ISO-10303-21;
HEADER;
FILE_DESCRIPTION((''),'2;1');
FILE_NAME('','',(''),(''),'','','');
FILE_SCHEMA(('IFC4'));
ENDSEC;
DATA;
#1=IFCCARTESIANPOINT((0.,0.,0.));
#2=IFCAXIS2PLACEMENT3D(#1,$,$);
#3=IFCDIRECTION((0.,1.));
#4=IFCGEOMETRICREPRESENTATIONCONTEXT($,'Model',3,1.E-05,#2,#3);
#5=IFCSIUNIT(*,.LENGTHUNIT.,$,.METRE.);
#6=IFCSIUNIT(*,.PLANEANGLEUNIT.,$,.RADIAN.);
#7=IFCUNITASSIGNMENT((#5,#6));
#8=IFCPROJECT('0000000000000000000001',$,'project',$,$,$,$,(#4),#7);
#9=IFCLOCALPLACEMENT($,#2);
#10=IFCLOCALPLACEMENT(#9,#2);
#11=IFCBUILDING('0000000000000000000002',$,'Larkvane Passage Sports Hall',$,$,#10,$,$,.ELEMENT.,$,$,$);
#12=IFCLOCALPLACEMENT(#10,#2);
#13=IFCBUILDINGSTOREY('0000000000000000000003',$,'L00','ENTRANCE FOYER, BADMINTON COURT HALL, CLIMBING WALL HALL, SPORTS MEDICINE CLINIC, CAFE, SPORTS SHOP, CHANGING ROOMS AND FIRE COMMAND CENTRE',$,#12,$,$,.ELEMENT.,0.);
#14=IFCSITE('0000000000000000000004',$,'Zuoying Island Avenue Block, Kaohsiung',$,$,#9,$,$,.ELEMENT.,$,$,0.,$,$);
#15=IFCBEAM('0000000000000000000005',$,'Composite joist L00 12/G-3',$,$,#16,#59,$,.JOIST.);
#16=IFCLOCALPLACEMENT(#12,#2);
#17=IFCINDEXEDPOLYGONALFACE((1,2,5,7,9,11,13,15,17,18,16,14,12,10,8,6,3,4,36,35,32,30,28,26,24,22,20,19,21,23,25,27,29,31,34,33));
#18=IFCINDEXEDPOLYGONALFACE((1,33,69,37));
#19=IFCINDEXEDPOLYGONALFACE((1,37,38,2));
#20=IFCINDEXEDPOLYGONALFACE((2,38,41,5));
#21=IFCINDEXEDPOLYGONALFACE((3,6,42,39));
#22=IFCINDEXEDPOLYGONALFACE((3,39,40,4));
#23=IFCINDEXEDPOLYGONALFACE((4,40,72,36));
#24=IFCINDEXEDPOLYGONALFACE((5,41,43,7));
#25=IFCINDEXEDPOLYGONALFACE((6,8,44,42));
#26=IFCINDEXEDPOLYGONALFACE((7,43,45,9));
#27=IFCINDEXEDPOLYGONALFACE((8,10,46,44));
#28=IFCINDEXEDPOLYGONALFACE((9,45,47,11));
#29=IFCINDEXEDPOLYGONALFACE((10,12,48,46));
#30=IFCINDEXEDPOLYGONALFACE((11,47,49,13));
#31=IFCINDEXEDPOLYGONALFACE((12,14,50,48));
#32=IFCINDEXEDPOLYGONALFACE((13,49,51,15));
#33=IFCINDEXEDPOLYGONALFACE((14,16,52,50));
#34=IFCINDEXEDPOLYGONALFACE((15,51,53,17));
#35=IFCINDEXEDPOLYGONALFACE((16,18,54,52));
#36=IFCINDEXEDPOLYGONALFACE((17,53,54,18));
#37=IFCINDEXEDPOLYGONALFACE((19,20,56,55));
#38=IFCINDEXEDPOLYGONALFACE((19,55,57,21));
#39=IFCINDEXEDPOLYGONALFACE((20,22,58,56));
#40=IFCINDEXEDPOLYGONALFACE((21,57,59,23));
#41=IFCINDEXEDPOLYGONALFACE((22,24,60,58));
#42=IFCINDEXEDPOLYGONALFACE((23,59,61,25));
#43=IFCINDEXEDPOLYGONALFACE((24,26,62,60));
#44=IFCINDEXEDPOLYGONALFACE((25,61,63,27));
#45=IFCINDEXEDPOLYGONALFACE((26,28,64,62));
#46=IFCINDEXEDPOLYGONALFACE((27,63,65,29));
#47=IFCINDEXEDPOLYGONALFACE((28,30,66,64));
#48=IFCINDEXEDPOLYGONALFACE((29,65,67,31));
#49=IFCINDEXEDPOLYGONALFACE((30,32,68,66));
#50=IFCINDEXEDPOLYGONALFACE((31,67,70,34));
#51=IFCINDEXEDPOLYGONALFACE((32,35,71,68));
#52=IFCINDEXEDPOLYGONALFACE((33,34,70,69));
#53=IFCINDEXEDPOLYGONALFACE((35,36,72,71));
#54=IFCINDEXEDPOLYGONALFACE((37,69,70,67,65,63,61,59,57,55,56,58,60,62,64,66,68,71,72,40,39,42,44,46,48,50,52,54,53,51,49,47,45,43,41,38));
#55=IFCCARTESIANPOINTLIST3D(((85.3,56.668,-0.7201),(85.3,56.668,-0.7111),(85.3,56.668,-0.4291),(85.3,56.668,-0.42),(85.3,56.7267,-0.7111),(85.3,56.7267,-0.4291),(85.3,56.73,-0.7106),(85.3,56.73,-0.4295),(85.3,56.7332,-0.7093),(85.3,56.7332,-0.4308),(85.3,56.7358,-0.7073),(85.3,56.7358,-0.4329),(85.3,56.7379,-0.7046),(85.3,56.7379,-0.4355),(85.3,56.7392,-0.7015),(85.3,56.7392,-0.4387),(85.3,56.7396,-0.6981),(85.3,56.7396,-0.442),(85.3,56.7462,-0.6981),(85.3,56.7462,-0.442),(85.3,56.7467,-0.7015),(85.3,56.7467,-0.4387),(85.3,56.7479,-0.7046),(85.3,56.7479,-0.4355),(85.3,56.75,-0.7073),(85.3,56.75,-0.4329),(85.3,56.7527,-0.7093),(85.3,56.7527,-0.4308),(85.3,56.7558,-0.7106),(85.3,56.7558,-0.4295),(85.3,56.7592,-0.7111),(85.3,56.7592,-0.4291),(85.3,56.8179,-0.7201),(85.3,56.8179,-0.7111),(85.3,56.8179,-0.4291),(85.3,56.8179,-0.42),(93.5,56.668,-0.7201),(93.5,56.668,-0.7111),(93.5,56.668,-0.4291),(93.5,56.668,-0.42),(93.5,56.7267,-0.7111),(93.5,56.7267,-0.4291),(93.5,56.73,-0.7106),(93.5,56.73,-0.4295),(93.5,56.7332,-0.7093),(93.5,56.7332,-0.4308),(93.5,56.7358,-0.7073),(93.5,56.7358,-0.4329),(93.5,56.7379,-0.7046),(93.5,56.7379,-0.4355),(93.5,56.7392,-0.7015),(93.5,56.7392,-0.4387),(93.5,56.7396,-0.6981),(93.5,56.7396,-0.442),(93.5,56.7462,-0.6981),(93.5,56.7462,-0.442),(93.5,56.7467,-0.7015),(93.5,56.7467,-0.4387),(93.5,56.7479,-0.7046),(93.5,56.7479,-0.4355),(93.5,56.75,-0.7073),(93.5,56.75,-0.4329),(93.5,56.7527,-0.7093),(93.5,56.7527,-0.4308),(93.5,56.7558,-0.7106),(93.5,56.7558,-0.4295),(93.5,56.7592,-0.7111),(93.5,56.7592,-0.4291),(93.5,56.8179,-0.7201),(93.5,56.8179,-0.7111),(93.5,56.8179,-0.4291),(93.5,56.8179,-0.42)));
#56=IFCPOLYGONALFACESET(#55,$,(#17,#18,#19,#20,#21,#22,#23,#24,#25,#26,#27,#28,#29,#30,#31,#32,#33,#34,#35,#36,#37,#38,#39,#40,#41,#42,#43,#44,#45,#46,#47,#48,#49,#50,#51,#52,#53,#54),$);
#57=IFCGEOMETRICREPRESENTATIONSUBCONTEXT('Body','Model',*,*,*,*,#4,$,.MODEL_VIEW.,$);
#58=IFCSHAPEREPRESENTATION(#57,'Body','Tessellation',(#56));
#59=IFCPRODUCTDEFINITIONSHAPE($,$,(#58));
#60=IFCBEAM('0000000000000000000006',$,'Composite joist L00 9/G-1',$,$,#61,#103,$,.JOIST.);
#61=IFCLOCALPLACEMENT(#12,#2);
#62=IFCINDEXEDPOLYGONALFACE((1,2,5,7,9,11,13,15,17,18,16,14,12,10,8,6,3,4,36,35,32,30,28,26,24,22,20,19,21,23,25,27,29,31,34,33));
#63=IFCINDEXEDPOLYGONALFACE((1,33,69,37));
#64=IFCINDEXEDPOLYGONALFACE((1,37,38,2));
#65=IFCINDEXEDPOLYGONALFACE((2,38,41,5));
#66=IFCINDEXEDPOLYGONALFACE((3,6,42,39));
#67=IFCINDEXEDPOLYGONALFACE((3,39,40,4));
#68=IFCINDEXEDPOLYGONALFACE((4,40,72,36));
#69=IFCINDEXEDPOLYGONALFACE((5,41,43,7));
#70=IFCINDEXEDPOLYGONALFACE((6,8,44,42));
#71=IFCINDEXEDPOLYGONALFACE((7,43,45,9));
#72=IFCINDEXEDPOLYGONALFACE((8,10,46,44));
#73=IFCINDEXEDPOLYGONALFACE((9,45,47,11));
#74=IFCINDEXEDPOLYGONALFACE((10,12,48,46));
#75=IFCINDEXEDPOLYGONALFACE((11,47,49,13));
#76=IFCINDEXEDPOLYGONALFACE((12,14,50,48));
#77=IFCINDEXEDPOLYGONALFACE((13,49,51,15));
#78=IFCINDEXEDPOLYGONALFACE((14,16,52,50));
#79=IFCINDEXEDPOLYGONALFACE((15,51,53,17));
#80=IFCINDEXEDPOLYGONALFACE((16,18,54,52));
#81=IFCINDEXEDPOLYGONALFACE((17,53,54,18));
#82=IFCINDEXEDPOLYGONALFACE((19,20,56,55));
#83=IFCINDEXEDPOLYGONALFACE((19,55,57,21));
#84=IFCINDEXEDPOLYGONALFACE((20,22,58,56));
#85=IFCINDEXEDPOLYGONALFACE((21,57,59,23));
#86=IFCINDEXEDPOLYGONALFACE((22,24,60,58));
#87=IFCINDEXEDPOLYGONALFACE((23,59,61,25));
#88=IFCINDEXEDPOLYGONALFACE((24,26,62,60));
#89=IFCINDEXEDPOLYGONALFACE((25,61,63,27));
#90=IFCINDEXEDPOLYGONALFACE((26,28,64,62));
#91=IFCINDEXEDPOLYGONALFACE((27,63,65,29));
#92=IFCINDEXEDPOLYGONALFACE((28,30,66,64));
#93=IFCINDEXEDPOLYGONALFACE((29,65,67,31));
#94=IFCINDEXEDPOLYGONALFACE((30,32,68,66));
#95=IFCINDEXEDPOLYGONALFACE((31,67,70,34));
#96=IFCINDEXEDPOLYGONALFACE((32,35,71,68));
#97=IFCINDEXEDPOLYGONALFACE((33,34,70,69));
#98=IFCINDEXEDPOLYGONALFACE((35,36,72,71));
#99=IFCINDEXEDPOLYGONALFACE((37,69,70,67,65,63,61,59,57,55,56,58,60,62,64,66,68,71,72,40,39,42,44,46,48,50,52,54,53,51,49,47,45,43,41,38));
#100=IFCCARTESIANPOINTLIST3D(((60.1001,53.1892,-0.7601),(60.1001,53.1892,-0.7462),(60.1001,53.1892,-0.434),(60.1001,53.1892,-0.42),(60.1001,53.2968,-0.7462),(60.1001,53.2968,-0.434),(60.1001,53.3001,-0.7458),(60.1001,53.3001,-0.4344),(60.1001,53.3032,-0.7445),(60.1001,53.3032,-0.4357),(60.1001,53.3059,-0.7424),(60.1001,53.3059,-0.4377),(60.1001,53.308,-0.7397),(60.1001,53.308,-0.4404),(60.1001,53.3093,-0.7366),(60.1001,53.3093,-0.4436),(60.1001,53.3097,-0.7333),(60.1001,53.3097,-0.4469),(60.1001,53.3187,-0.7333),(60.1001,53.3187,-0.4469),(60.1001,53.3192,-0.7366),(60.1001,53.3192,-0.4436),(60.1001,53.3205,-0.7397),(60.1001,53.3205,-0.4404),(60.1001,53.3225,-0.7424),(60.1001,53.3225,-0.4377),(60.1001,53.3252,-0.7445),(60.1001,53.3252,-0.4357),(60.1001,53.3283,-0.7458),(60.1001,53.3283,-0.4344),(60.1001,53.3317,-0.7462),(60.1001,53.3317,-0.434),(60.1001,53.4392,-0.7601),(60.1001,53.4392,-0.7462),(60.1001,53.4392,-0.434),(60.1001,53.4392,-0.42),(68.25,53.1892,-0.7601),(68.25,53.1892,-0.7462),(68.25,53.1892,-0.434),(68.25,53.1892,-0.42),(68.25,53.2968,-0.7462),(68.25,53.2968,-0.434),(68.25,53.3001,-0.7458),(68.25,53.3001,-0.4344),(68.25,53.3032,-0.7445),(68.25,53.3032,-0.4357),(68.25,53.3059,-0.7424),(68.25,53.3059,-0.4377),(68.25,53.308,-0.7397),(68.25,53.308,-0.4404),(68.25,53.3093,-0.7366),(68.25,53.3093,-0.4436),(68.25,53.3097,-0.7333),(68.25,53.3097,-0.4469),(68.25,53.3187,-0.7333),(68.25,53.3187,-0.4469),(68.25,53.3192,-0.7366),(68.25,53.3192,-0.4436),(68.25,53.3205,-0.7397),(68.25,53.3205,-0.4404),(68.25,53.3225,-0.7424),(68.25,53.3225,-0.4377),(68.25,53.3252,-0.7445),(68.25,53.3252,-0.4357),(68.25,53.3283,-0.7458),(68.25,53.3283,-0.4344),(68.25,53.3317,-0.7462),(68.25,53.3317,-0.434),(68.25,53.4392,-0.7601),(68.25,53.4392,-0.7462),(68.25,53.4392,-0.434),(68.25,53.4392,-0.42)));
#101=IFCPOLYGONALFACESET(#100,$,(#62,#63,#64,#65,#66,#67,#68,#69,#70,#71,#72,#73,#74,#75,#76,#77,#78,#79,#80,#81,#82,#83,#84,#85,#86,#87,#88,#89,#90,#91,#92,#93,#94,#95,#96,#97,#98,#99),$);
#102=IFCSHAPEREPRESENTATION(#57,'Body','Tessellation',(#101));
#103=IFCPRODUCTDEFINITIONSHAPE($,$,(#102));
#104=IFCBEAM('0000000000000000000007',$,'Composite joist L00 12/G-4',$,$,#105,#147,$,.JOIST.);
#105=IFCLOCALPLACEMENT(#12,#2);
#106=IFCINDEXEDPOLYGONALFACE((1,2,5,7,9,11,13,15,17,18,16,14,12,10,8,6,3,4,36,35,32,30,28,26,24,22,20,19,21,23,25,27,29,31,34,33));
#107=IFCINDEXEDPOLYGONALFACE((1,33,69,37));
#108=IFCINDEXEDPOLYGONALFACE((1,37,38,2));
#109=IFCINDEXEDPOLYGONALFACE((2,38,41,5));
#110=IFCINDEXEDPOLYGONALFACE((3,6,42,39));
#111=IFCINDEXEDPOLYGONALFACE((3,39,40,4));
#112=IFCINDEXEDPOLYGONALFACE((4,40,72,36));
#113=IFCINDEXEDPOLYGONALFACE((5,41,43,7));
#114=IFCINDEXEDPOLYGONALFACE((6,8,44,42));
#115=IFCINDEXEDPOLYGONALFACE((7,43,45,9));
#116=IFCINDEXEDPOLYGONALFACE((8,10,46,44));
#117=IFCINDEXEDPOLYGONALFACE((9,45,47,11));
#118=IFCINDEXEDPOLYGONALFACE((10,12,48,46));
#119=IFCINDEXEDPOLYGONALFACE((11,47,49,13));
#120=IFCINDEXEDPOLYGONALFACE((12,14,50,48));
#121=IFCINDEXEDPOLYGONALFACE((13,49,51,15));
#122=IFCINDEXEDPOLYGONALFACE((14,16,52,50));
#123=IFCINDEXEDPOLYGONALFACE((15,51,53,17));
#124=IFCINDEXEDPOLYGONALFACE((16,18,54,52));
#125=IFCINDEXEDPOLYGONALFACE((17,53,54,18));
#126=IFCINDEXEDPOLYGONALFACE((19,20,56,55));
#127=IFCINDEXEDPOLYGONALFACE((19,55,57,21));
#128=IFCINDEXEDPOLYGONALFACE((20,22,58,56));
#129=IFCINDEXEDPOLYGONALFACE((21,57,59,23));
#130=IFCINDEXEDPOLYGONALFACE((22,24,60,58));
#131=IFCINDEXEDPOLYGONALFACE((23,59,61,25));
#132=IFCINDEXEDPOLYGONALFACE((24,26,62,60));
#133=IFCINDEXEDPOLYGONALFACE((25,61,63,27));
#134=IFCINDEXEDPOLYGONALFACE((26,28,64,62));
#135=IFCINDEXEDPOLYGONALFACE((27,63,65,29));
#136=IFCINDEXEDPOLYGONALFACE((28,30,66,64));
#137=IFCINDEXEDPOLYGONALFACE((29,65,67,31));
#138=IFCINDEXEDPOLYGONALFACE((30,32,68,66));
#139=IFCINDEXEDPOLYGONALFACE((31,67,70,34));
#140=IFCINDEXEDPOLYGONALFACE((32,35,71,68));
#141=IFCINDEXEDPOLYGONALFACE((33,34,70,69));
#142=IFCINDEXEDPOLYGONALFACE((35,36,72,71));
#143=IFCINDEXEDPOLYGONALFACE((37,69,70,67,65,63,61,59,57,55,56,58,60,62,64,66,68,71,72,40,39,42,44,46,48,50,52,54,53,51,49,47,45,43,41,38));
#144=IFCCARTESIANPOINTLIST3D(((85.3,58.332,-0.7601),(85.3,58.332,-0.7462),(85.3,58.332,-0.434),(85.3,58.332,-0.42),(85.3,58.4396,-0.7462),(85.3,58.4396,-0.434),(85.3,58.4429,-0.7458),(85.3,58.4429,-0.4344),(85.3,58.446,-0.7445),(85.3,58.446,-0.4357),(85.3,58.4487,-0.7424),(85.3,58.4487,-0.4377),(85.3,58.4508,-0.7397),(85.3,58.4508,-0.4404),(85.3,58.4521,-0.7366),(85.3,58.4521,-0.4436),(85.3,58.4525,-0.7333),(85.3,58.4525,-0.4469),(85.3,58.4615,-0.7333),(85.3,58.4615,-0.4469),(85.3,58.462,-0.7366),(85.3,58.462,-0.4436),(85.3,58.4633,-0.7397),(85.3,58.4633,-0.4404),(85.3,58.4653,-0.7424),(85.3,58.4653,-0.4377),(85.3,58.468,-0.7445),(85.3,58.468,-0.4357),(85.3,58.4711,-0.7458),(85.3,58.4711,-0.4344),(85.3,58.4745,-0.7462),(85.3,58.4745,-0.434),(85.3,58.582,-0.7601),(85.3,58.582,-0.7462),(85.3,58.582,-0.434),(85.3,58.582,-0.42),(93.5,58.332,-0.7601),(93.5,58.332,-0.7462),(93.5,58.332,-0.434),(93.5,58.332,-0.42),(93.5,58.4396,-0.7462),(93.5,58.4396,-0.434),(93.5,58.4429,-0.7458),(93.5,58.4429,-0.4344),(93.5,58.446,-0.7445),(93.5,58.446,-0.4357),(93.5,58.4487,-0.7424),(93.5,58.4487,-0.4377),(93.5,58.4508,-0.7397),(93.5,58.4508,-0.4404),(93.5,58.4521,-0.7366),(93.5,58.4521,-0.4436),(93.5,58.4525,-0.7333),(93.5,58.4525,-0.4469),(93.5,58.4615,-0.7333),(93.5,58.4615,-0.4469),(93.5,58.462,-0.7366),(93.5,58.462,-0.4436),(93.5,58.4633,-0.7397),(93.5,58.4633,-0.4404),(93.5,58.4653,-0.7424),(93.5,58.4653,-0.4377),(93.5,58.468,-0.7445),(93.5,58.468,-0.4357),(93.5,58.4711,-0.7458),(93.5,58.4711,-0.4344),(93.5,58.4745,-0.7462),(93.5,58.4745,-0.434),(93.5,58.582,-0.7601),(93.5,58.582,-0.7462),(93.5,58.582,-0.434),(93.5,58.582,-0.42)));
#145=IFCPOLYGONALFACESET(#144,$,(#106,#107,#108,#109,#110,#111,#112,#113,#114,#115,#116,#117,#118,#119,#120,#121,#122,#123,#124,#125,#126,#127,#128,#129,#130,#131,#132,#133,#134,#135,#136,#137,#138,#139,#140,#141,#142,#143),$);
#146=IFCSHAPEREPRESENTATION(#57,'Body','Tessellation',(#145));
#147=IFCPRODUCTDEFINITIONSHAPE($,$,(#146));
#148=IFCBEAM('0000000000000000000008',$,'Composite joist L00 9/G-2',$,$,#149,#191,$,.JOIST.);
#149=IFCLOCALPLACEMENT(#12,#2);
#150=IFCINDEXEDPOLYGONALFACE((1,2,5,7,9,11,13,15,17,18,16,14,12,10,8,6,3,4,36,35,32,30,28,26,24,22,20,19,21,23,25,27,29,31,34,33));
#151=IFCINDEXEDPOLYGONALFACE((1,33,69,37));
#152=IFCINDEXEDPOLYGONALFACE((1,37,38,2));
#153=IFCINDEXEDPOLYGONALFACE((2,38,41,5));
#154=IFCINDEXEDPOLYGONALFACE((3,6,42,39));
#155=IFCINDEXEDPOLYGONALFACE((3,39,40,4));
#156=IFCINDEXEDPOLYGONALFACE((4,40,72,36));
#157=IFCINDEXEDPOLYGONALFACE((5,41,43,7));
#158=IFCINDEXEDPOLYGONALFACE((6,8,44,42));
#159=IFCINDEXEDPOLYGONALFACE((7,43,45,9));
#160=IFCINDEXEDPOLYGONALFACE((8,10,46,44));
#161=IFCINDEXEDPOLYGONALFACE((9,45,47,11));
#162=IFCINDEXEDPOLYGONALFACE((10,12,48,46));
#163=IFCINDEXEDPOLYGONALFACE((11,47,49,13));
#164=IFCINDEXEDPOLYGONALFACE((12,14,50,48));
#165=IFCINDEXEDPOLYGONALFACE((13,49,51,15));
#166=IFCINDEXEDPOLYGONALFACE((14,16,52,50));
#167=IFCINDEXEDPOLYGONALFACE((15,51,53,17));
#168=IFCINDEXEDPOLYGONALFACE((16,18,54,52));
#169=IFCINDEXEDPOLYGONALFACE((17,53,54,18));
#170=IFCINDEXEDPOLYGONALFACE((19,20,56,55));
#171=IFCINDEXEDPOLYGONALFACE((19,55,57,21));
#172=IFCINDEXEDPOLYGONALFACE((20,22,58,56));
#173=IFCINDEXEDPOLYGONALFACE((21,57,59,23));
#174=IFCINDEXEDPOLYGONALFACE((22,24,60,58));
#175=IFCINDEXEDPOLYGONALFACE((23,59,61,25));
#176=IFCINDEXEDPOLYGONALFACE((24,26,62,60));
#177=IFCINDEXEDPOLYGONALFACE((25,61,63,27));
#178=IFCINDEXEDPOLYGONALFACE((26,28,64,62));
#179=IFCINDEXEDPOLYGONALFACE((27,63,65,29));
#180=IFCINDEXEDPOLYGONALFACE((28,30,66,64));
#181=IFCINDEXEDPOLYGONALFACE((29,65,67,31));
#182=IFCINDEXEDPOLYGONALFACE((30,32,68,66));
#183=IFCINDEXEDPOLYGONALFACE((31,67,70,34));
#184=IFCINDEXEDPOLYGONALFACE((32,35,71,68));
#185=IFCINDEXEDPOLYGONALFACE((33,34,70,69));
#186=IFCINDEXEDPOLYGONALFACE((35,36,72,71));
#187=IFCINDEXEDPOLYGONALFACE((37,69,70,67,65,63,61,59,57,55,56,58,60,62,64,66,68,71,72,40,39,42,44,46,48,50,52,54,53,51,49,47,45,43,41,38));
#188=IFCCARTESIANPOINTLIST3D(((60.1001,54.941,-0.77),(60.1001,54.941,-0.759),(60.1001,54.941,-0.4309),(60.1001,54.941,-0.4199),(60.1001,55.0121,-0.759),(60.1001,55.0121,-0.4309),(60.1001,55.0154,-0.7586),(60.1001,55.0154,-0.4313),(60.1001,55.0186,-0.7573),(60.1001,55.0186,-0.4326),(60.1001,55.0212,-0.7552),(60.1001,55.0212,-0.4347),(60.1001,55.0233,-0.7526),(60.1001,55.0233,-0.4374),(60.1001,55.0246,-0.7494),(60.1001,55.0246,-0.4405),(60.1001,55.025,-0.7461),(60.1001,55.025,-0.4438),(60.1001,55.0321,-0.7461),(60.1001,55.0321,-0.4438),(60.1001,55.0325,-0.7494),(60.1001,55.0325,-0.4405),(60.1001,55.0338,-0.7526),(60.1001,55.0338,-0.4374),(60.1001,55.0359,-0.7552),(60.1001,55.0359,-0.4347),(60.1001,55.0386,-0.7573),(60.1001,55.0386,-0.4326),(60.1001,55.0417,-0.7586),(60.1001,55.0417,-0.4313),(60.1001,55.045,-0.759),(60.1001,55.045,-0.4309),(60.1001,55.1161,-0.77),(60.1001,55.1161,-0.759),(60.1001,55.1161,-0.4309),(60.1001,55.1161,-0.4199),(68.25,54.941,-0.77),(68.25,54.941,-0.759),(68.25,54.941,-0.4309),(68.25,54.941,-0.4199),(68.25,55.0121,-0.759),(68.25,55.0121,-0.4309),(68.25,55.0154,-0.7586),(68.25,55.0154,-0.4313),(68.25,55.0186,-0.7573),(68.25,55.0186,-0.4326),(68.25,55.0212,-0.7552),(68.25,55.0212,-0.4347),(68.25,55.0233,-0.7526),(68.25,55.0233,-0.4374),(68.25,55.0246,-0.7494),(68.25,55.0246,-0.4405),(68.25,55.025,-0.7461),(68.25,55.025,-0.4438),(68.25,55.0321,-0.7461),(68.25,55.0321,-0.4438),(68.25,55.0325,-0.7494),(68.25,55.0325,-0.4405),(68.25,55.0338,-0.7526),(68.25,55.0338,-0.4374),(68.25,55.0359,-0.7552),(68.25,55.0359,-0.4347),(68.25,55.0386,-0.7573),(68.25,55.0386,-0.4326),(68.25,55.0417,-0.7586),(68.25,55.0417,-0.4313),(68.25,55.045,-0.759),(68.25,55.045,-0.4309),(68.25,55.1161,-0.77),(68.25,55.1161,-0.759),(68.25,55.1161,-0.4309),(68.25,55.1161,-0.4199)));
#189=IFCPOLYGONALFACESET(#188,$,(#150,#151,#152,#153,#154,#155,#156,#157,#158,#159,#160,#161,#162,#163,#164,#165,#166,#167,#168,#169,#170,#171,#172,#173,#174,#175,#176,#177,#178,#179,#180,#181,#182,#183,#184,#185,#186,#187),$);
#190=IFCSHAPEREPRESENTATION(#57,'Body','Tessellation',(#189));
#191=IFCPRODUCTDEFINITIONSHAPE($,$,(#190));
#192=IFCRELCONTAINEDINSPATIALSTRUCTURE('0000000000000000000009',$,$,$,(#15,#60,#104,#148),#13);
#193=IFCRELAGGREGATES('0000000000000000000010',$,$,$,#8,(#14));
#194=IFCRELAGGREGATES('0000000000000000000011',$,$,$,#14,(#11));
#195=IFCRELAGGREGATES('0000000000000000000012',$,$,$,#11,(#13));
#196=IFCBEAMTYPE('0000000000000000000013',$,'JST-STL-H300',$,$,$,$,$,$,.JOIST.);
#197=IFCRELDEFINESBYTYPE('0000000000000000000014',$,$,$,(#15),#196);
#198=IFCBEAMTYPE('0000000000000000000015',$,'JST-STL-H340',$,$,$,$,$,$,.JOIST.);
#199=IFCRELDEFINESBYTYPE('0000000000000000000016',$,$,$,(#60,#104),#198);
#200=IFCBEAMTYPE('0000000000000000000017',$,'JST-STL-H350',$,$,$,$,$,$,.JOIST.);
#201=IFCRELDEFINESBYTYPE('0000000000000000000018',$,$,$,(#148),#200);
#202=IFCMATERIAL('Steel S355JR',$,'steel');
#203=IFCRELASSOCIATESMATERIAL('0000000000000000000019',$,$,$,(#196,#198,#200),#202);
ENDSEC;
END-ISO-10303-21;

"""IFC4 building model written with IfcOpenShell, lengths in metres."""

from ifc_helpers import new_model, si_unit, direction, frame, origin, origin_2d, place, context, subcontext, project, spatial, i_section, extrude, material, material_profile, profile_set, type_object, element, save


model = new_model("IFC4")

# Units and contexts
model_context = context("Model", 3, precision=1e-05, world=origin(), true_north=direction((0.0, 1.0)))
body_context = subcontext(model_context, "Body", "Model", "MODEL_VIEW")
ifc_project = project(units=[si_unit("LENGTHUNIT", "METRE"), si_unit("PLANEANGLEUNIT", "RADIAN")], contexts=[model_context])

# Site, building, storey
site_placement = place(None, origin())
site = spatial("IfcSite", under=ifc_project, at=site_placement, Name="Zuoying Island Avenue Block, Kaohsiung", CompositionType="ELEMENT", RefElevation=0.0)
building_placement = place(site_placement, origin())
building = spatial("IfcBuilding", under=site, at=building_placement, Name="Larkvane Passage Sports Hall", CompositionType="ELEMENT")
storey_placement = place(building_placement, origin())
storey = spatial("IfcBuildingStorey", under=building, at=storey_placement, Name="L00", Description="ENTRANCE FOYER, BADMINTON COURT HALL, CLIMBING WALL HALL, SPORTS MEDICINE CLINIC, CAFE, SPORTS SHOP, CHANGING ROOMS AND FIRE COMMAND CENTRE", CompositionType="ELEMENT", Elevation=0.0)

# Beams
ifc_material_1 = material(Name="Steel S355JR", Category="steel")
ifc_material_profile_1 = material_profile(ifc_material_1, i_section(OverallWidth=0.1499, OverallDepth=0.3, WebThickness=0.0066, FlangeThickness=0.009, FilletRadius=0.0129, at=origin_2d()), Name="H-300x150x6.5x9")
ifc_profile_set_1 = profile_set([ifc_material_profile_1], Name="Steel S355JR")
beam_type_1 = type_object("IfcBeamType", Name="JST-STL-H300", PredefinedType="JOIST", material=ifc_profile_set_1)
beam_1_placement = place(storey_placement, frame((85.3, 56.7429, -0.5701), z_axis=(1.0, 0.0, 0.0), x_axis=(0.0, 1.0, 0.0)))
element("IfcBeam", 1, at=beam_1_placement, inside=storey, type_object=beam_type_1, Name="Composite joist L00 12/G-3", PredefinedType="JOIST", context=body_context, shape_type="SweptSolid", body=[
    extrude(i_section(OverallWidth=0.1499, OverallDepth=0.3, WebThickness=0.0066, FlangeThickness=0.009, FilletRadius=0.0129, at=origin_2d()), origin(), (0.0, 0.0, 1.0), 8.2),
])
ifc_material_profile_2 = material_profile(ifc_material_1, i_section(OverallWidth=0.25, OverallDepth=0.3401, WebThickness=0.009, FlangeThickness=0.0139, FilletRadius=0.0129, at=origin_2d()), Name="H-340x250x9x14")
ifc_profile_set_2 = profile_set([ifc_material_profile_2], Name="Steel S355JR")
beam_type_2 = type_object("IfcBeamType", Name="JST-STL-H340", PredefinedType="JOIST", material=ifc_profile_set_2)
beam_2_placement = place(storey_placement, frame((60.1001, 53.3142, -0.5901), z_axis=(1.0, 0.0, 0.0), x_axis=(0.0, 1.0, 0.0)))
element("IfcBeam", 2, at=beam_2_placement, inside=storey, type_object=beam_type_2, Name="Composite joist L00 9/G-1", PredefinedType="JOIST", context=body_context, shape_type="SweptSolid", body=[
    extrude(i_section(OverallWidth=0.25, OverallDepth=0.3401, WebThickness=0.009, FlangeThickness=0.0139, FilletRadius=0.0129, at=origin_2d()), origin(), (0.0, 0.0, 1.0), 8.1499),
])
beam_3_placement = place(storey_placement, frame((85.3, 58.457, -0.5901), z_axis=(1.0, 0.0, 0.0), x_axis=(0.0, 1.0, 0.0)))
element("IfcBeam", 3, at=beam_3_placement, inside=storey, type_object=beam_type_2, Name="Composite joist L00 12/G-4", PredefinedType="JOIST", context=body_context, shape_type="SweptSolid", body=[
    extrude(i_section(OverallWidth=0.25, OverallDepth=0.3401, WebThickness=0.009, FlangeThickness=0.0139, FilletRadius=0.0129, at=origin_2d()), origin(), (0.0, 0.0, 1.0), 8.2),
])
ifc_material_profile_3 = material_profile(ifc_material_1, i_section(OverallWidth=0.175, OverallDepth=0.3501, WebThickness=0.0071, FlangeThickness=0.011, FilletRadius=0.0129, at=origin_2d()), Name="H-350x175x7x11")
ifc_profile_set_3 = profile_set([ifc_material_profile_3], Name="Steel S355JR")
beam_type_3 = type_object("IfcBeamType", Name="JST-STL-H350", PredefinedType="JOIST", material=ifc_profile_set_3)
beam_4_placement = place(storey_placement, frame((60.1001, 55.0286, -0.595), z_axis=(1.0, 0.0, 0.0), x_axis=(0.0, 1.0, 0.0)))
element("IfcBeam", 4, at=beam_4_placement, inside=storey, type_object=beam_type_3, Name="Composite joist L00 9/G-2", PredefinedType="JOIST", context=body_context, shape_type="SweptSolid", body=[
    extrude(i_section(OverallWidth=0.175, OverallDepth=0.3501, WebThickness=0.0071, FlangeThickness=0.011, FilletRadius=0.0129, at=origin_2d()), origin(), (0.0, 0.0, 1.0), 8.1499),
])

save(model, "model.ifc")
